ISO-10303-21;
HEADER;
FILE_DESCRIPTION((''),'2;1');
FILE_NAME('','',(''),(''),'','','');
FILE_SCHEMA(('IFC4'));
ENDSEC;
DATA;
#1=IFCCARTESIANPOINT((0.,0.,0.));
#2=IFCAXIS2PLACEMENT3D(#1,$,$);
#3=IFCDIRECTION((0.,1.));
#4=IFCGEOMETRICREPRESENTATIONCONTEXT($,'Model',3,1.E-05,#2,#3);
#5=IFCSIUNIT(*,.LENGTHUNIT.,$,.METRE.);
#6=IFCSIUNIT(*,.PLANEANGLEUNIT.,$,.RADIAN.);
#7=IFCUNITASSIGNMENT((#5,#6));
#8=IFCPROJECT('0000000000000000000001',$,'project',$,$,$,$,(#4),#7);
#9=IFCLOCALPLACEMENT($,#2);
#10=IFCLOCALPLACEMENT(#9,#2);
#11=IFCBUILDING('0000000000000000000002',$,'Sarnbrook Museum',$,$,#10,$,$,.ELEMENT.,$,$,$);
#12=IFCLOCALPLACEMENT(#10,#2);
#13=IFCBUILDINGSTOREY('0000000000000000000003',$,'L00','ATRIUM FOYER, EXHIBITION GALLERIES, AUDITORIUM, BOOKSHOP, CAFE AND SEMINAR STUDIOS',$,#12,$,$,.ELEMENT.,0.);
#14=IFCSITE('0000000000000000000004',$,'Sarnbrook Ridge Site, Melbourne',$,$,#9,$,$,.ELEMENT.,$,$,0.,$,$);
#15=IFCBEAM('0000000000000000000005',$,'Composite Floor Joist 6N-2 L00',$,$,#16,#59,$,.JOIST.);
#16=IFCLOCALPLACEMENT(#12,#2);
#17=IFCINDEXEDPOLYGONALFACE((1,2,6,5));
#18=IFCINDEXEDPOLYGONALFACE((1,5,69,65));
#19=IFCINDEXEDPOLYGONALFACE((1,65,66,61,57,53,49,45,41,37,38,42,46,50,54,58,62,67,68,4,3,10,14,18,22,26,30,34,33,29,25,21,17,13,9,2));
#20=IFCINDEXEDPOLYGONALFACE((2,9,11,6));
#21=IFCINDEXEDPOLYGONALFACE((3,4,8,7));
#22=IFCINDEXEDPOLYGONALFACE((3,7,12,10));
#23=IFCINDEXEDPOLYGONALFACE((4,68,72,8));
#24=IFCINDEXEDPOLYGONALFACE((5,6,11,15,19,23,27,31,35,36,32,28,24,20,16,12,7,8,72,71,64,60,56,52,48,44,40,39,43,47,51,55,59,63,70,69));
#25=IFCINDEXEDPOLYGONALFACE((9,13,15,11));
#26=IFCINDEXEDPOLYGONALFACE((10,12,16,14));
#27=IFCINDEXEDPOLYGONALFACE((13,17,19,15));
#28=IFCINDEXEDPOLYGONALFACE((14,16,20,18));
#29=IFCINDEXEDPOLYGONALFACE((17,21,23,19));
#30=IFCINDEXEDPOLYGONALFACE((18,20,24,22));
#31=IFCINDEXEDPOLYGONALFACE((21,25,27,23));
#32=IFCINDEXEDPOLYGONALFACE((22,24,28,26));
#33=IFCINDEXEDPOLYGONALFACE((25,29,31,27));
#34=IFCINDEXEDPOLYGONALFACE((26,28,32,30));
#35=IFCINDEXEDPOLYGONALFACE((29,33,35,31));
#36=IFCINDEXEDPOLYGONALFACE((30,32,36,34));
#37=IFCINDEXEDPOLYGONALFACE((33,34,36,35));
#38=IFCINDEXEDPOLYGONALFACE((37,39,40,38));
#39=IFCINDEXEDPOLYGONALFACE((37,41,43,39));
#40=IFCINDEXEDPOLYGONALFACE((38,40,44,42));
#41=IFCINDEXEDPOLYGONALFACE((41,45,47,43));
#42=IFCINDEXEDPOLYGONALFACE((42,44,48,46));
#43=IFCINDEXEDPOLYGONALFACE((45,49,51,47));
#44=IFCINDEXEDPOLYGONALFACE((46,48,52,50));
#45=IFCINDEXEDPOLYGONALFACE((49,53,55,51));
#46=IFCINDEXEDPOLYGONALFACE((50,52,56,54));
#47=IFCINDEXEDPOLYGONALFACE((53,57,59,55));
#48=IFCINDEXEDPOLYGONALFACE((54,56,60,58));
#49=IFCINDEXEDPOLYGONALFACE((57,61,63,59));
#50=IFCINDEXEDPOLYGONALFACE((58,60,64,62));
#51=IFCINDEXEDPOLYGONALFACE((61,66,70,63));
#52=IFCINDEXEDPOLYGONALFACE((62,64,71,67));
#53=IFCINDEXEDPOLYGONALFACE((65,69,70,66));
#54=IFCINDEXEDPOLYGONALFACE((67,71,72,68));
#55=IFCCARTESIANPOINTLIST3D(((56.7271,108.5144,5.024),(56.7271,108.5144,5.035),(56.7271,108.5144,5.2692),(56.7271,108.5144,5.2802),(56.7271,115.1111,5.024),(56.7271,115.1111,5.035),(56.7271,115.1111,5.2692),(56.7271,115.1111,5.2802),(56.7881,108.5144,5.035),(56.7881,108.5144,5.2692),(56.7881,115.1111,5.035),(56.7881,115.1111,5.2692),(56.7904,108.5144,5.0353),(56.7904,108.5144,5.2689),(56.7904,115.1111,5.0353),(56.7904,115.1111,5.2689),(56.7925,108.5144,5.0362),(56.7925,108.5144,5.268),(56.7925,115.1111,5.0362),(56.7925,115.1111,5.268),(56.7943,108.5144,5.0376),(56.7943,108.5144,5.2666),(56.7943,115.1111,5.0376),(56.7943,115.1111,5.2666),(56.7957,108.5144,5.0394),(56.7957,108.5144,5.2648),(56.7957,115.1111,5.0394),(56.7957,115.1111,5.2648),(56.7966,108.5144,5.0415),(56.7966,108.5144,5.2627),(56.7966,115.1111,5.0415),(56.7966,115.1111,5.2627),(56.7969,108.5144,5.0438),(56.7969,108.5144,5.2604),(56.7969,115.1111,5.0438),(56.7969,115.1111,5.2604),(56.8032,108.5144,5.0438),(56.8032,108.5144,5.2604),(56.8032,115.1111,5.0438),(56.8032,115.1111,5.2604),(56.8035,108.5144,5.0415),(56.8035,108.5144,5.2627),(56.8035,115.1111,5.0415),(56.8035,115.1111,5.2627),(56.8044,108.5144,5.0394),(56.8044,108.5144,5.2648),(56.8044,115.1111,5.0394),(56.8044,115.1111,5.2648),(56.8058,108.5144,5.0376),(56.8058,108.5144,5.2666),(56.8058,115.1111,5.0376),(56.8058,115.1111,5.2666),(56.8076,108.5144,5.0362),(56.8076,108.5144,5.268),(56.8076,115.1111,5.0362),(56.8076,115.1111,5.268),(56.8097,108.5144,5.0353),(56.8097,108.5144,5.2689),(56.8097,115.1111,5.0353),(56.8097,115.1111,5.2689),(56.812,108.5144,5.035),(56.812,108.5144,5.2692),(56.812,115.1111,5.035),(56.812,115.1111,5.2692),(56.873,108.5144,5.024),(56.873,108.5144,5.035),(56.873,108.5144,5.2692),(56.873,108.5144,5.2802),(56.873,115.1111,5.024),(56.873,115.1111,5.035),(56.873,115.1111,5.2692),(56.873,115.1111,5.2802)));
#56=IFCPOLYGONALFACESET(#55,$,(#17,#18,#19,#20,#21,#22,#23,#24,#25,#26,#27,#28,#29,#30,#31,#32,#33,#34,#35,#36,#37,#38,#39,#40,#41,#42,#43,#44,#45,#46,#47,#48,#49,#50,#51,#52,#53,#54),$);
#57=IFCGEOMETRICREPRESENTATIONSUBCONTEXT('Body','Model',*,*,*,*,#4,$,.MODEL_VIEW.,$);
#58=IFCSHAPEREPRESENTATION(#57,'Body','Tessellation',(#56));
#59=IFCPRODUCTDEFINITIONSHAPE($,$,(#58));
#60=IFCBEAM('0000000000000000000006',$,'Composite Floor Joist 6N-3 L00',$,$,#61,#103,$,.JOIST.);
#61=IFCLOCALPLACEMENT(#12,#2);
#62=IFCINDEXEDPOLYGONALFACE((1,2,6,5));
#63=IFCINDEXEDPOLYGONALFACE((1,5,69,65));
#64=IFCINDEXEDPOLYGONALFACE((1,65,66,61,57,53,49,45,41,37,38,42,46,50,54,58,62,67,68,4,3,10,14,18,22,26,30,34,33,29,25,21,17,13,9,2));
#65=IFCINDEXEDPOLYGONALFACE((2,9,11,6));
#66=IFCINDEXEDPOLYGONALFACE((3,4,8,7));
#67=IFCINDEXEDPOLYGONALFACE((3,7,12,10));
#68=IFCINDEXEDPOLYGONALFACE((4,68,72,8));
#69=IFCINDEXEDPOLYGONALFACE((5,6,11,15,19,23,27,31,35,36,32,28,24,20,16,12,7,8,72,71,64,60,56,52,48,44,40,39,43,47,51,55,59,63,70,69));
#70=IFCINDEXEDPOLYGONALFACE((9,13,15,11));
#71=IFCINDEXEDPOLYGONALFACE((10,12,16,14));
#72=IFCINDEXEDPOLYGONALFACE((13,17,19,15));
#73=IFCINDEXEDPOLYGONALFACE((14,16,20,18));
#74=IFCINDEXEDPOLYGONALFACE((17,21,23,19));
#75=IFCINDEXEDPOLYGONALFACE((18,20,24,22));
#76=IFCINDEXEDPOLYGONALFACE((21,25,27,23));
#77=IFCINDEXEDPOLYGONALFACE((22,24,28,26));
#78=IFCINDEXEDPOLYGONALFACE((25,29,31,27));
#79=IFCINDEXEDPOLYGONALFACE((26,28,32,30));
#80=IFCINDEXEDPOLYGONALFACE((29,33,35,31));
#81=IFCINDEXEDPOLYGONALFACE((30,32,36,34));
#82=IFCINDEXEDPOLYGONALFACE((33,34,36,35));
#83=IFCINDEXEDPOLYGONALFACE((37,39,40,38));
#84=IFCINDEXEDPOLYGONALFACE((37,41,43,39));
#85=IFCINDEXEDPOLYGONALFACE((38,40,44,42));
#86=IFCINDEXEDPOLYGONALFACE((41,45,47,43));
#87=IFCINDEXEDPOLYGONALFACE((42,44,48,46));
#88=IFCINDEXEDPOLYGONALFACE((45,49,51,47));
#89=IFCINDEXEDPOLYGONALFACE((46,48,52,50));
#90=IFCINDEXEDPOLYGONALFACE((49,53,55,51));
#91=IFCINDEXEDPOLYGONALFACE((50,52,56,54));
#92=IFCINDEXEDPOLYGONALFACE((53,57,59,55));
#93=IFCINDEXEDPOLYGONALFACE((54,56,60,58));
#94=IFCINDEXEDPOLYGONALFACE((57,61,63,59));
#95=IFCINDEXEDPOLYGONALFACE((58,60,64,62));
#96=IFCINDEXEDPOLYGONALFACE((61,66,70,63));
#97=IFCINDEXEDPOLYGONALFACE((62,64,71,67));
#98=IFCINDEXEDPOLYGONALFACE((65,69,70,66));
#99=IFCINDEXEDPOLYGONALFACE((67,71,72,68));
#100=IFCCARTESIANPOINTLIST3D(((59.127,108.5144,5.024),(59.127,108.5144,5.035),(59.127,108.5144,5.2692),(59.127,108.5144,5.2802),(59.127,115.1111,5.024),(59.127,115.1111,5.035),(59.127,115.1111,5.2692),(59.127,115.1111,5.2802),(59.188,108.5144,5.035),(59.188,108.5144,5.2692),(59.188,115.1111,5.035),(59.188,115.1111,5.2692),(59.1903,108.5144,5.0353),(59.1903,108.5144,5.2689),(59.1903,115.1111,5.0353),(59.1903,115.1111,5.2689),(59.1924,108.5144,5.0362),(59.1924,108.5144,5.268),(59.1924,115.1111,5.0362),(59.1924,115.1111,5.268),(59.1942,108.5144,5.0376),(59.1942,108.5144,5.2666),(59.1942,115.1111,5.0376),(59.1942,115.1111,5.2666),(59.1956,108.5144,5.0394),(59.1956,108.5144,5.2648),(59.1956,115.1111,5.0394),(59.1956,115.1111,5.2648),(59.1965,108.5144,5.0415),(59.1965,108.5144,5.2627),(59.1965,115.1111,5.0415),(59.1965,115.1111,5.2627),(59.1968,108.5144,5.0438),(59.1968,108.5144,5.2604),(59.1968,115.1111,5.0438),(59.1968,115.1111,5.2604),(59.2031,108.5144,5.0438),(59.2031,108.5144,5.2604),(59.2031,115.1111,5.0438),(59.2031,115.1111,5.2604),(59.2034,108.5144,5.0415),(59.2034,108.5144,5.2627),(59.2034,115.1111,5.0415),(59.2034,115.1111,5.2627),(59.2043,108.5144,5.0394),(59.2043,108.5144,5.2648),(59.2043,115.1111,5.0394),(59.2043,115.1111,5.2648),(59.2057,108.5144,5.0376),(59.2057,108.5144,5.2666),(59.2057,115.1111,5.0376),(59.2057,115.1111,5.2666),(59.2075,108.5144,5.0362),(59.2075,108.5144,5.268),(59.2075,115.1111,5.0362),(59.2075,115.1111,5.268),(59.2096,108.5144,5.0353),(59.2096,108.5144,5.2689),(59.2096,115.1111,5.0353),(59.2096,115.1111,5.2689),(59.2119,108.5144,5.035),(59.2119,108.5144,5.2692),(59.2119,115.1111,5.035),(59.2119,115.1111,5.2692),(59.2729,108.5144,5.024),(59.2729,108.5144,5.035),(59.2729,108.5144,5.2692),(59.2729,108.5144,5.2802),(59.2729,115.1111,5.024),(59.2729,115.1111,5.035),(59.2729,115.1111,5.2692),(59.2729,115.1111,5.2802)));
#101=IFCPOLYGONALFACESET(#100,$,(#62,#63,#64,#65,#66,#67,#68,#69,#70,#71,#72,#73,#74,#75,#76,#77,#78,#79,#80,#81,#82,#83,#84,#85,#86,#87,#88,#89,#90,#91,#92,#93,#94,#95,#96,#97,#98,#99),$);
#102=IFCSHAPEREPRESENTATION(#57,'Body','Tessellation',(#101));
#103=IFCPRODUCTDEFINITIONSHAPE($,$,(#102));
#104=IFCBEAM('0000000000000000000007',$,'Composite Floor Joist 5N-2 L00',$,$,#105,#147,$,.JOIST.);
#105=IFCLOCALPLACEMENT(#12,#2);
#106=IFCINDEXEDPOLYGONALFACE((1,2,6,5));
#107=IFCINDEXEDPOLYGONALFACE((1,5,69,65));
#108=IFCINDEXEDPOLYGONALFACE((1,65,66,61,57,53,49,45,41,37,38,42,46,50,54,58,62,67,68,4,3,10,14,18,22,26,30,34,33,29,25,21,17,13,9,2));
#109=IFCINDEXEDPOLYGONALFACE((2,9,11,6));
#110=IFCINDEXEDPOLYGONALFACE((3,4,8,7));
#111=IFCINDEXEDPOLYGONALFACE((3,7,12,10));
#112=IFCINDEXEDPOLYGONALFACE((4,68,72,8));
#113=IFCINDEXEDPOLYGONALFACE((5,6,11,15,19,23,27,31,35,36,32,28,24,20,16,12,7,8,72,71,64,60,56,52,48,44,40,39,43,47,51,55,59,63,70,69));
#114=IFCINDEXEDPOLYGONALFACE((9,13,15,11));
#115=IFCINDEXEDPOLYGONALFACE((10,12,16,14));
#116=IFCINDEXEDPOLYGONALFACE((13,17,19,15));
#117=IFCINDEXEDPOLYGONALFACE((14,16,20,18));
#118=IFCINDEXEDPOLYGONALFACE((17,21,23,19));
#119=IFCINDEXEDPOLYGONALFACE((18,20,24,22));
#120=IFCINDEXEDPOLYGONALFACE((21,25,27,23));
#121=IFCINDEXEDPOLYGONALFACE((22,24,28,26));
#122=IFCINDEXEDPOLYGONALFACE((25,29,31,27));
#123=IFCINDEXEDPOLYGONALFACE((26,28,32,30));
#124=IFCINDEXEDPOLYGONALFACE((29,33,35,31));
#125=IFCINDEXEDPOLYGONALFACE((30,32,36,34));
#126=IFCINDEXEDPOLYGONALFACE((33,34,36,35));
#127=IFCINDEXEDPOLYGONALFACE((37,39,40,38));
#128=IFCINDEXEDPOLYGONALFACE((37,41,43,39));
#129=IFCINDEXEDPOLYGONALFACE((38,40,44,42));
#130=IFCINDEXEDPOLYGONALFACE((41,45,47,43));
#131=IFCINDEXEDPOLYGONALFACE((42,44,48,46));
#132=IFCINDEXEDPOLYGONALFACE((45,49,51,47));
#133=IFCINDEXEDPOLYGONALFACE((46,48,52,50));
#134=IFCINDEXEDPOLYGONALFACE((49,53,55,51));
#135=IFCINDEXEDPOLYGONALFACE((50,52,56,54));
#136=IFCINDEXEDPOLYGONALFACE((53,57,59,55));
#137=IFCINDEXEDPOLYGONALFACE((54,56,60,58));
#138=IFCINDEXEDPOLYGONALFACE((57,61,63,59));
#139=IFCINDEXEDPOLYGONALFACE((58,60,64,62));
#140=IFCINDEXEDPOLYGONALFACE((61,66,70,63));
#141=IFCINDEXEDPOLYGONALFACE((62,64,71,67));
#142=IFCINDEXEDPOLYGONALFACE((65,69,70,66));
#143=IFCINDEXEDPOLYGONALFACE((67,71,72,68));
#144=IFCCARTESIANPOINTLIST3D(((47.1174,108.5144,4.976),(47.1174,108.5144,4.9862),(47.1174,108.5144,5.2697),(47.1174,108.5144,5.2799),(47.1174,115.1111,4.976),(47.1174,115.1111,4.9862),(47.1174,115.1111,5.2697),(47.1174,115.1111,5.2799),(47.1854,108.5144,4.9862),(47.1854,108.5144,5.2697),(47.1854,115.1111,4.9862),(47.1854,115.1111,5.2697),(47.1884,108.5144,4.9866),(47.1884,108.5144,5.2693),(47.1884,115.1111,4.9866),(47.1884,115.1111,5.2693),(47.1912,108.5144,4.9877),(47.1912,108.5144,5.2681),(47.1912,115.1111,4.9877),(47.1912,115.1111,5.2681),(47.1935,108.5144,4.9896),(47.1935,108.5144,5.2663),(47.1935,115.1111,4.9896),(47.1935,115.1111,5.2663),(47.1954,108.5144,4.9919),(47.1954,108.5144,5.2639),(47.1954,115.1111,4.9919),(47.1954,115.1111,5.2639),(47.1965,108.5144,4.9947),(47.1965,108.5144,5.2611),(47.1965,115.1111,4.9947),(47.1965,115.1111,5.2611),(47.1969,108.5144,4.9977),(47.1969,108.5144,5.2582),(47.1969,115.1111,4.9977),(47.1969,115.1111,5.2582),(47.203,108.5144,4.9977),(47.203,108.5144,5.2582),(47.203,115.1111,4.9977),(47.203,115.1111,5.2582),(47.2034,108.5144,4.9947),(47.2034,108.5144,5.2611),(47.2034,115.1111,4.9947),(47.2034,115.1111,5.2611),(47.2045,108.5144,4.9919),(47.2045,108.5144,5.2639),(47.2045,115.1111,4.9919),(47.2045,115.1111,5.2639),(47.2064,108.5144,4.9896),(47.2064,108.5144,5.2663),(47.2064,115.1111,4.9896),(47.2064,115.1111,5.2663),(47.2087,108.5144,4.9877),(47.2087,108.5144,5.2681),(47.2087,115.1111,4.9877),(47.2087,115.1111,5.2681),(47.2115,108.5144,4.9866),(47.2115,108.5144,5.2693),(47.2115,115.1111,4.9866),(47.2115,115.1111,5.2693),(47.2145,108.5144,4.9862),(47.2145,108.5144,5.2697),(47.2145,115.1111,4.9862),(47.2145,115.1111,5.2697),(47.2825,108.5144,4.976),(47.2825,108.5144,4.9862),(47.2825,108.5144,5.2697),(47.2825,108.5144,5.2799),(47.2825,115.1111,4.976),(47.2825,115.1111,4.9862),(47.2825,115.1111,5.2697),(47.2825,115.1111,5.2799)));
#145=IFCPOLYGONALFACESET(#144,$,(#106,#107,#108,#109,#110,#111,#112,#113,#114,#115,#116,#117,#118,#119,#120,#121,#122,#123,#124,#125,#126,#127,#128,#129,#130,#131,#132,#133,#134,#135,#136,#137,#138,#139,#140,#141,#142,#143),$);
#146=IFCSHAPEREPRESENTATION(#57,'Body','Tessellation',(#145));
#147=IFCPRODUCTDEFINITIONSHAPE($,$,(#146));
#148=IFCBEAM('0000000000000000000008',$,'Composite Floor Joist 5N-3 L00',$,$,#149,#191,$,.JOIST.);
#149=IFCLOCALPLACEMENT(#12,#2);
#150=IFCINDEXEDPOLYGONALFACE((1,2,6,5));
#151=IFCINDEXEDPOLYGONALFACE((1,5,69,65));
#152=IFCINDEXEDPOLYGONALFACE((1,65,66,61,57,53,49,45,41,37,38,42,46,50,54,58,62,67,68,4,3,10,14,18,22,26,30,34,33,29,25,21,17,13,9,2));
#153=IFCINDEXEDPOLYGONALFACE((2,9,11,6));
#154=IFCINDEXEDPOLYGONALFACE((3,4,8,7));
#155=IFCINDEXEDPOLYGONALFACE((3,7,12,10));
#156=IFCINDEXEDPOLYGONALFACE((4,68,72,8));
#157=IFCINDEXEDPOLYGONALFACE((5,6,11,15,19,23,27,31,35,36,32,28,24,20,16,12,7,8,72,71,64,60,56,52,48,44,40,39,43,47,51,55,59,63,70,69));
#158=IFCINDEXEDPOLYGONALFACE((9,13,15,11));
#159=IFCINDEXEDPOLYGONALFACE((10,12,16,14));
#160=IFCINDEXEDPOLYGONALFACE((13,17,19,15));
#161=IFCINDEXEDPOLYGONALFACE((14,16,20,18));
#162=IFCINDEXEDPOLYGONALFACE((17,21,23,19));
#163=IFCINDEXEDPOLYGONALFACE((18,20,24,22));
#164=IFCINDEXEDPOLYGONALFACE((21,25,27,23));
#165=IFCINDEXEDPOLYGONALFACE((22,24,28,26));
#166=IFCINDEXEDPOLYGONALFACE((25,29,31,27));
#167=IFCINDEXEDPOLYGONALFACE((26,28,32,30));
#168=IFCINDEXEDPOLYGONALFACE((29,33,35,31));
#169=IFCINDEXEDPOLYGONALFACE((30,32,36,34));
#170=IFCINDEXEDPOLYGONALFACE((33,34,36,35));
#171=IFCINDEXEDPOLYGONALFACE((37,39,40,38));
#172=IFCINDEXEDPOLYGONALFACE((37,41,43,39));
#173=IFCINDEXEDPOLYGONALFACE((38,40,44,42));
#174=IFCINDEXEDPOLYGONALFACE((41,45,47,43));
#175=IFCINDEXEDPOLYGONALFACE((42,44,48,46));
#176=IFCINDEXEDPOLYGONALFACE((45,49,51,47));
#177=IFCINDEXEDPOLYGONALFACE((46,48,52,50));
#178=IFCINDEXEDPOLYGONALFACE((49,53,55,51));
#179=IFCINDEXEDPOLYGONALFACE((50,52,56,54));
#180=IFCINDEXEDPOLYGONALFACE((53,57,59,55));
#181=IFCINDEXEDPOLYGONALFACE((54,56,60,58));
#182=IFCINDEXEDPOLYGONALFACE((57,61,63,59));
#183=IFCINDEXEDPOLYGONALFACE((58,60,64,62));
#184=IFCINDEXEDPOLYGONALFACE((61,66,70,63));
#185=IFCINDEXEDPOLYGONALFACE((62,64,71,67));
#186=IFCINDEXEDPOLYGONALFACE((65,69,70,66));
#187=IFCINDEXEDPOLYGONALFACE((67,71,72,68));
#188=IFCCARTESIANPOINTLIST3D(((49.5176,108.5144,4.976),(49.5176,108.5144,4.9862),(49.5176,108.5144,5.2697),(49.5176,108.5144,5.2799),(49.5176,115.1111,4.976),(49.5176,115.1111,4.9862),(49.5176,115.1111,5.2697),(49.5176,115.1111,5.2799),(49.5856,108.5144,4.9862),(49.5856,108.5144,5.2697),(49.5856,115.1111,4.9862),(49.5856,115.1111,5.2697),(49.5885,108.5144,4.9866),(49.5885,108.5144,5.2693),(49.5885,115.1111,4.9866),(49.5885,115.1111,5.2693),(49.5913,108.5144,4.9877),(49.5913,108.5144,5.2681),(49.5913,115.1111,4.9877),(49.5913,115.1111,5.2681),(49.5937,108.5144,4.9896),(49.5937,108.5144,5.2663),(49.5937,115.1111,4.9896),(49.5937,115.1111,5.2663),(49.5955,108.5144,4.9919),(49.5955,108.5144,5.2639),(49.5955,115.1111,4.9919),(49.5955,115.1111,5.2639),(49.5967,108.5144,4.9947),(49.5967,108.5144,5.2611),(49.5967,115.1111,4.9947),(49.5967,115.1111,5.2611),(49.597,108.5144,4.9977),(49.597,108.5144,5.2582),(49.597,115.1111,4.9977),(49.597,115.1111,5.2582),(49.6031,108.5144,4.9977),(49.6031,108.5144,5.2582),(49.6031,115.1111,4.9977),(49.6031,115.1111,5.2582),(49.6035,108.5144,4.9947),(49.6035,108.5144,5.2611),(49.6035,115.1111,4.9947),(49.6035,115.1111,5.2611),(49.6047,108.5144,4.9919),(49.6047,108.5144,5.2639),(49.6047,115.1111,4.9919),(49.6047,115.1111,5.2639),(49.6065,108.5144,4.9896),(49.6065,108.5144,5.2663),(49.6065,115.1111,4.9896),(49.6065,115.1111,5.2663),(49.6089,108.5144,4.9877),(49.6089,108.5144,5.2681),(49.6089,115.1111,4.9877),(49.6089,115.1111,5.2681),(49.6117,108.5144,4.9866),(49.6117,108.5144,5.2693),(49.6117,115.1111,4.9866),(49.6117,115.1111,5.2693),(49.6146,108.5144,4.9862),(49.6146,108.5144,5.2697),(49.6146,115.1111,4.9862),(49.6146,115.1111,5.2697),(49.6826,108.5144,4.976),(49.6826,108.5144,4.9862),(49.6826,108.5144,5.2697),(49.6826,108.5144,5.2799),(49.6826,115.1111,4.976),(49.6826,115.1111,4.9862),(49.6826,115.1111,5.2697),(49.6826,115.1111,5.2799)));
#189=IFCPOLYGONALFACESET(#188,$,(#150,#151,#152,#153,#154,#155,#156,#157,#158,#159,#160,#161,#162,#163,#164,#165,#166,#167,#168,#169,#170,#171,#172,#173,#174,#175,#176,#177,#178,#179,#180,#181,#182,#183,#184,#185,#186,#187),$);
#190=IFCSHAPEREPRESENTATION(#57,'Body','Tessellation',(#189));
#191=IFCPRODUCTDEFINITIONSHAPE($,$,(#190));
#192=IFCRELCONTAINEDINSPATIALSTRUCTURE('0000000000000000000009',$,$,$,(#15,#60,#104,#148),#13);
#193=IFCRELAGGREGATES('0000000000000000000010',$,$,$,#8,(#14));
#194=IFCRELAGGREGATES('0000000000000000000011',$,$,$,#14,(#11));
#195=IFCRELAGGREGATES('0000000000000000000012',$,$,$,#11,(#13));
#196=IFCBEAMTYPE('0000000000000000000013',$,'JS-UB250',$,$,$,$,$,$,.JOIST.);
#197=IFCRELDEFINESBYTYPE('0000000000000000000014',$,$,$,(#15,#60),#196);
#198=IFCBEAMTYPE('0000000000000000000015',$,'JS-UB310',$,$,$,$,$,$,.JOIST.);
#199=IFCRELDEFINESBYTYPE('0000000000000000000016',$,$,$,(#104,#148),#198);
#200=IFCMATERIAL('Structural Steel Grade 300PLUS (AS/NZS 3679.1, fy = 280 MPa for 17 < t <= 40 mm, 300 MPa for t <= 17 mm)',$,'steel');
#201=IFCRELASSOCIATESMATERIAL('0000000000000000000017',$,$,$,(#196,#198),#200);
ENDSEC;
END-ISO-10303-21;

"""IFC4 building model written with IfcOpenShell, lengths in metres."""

from ifc_helpers import new_model, si_unit, direction, frame, origin, origin_2d, place, context, subcontext, project, spatial, i_section, extrude, material, material_profile, profile_set, type_object, element, save


model = new_model("IFC4")

# Units and contexts
model_context = context("Model", 3, precision=1e-05, world=origin(), true_north=direction((0.0, 1.0)))
body_context = subcontext(model_context, "Body", "Model", "MODEL_VIEW")
ifc_project = project(units=[si_unit("LENGTHUNIT", "METRE"), si_unit("PLANEANGLEUNIT", "RADIAN")], contexts=[model_context])

# Site, building, storey
site_placement = place(None, origin())
site = spatial("IfcSite", under=ifc_project, at=site_placement, Name="Sarnbrook Ridge Site, Melbourne", CompositionType="ELEMENT", RefElevation=0.0)
building_placement = place(site_placement, origin())
building = spatial("IfcBuilding", under=site, at=building_placement, Name="Sarnbrook Museum", CompositionType="ELEMENT")
storey_placement = place(building_placement, origin())
storey = spatial("IfcBuildingStorey", under=building, at=storey_placement, Name="L00", Description="ATRIUM FOYER, EXHIBITION GALLERIES, AUDITORIUM, BOOKSHOP, CAFE AND SEMINAR STUDIOS", CompositionType="ELEMENT", Elevation=0.0)

# Shared definitions
ifc_material_1 = material(Name="Structural Steel Grade 300PLUS (AS/NZS 3679.1, fy = 280 MPa for 17 < t <= 40 mm, 300 MPa for t <= 17 mm)", Category="steel")

# Beams
ifc_material_profile_1 = material_profile(ifc_material_1, i_section(OverallWidth=0.146, OverallDepth=0.2561, WebThickness=0.0063, FlangeThickness=0.011, FilletRadius=0.0088, at=origin_2d()), Name="250UB37.3")
ifc_profile_set_1 = profile_set([ifc_material_profile_1], Name="Structural Steel Grade 300PLUS (AS/NZS 3679.1, fy = 280 MPa for 17 < t <= 40 mm, 300 MPa for t <= 17 mm)")
beam_type_1 = type_object("IfcBeamType", Name="JS-UB250", PredefinedType="JOIST", material=ifc_profile_set_1)
for number, where, z_axis, x_axis, name in (
    (1, (56.8, 108.5144, 5.1521), (0.0, 1.0, 0.0), (-1.0, 0.0, 0.0), "Composite Floor Joist 6N-2 L00"),
    (2, (59.2, 108.5144, 5.1521), (0.0, 1.0, 0.0), (-1.0, 0.0, 0.0), "Composite Floor Joist 6N-3 L00"),
):
    element("IfcBeam", number, at=place(storey_placement, frame(where, z_axis=z_axis, x_axis=x_axis)), inside=storey, type_object=beam_type_1, Name=name, PredefinedType="JOIST", context=body_context, shape_type="SweptSolid", body=[
        extrude(i_section(OverallWidth=0.146, OverallDepth=0.2561, WebThickness=0.0063, FlangeThickness=0.011, FilletRadius=0.0088, at=origin_2d()), origin(), (0.0, 0.0, 1.0), 6.5967),
    ])
ifc_material_profile_2 = material_profile(ifc_material_1, i_section(OverallWidth=0.165, OverallDepth=0.304, WebThickness=0.0061, FlangeThickness=0.0103, FilletRadius=0.0115, at=origin_2d()), Name="310UB40.4")
ifc_profile_set_2 = profile_set([ifc_material_profile_2], Name="Structural Steel Grade 300PLUS (AS/NZS 3679.1, fy = 280 MPa for 17 < t <= 40 mm, 300 MPa for t <= 17 mm)")
beam_type_2 = type_object("IfcBeamType", Name="JS-UB310", PredefinedType="JOIST", material=ifc_profile_set_2)
for number, where, z_axis, x_axis, name in (
    (3, (47.2, 108.5144, 5.1279), (0.0, 1.0, 0.0), (-1.0, 0.0, 0.0), "Composite Floor Joist 5N-2 L00"),
    (4, (49.6001, 108.5144, 5.1279), (0.0, 1.0, 0.0), (-1.0, 0.0, 0.0), "Composite Floor Joist 5N-3 L00"),
):
    element("IfcBeam", number, at=place(storey_placement, frame(where, z_axis=z_axis, x_axis=x_axis)), inside=storey, type_object=beam_type_2, Name=name, PredefinedType="JOIST", context=body_context, shape_type="SweptSolid", body=[
        extrude(i_section(OverallWidth=0.165, OverallDepth=0.304, WebThickness=0.0061, FlangeThickness=0.0103, FilletRadius=0.0115, at=origin_2d()), origin(), (0.0, 0.0, 1.0), 6.5967),
    ])

save(model, "model.ifc")
